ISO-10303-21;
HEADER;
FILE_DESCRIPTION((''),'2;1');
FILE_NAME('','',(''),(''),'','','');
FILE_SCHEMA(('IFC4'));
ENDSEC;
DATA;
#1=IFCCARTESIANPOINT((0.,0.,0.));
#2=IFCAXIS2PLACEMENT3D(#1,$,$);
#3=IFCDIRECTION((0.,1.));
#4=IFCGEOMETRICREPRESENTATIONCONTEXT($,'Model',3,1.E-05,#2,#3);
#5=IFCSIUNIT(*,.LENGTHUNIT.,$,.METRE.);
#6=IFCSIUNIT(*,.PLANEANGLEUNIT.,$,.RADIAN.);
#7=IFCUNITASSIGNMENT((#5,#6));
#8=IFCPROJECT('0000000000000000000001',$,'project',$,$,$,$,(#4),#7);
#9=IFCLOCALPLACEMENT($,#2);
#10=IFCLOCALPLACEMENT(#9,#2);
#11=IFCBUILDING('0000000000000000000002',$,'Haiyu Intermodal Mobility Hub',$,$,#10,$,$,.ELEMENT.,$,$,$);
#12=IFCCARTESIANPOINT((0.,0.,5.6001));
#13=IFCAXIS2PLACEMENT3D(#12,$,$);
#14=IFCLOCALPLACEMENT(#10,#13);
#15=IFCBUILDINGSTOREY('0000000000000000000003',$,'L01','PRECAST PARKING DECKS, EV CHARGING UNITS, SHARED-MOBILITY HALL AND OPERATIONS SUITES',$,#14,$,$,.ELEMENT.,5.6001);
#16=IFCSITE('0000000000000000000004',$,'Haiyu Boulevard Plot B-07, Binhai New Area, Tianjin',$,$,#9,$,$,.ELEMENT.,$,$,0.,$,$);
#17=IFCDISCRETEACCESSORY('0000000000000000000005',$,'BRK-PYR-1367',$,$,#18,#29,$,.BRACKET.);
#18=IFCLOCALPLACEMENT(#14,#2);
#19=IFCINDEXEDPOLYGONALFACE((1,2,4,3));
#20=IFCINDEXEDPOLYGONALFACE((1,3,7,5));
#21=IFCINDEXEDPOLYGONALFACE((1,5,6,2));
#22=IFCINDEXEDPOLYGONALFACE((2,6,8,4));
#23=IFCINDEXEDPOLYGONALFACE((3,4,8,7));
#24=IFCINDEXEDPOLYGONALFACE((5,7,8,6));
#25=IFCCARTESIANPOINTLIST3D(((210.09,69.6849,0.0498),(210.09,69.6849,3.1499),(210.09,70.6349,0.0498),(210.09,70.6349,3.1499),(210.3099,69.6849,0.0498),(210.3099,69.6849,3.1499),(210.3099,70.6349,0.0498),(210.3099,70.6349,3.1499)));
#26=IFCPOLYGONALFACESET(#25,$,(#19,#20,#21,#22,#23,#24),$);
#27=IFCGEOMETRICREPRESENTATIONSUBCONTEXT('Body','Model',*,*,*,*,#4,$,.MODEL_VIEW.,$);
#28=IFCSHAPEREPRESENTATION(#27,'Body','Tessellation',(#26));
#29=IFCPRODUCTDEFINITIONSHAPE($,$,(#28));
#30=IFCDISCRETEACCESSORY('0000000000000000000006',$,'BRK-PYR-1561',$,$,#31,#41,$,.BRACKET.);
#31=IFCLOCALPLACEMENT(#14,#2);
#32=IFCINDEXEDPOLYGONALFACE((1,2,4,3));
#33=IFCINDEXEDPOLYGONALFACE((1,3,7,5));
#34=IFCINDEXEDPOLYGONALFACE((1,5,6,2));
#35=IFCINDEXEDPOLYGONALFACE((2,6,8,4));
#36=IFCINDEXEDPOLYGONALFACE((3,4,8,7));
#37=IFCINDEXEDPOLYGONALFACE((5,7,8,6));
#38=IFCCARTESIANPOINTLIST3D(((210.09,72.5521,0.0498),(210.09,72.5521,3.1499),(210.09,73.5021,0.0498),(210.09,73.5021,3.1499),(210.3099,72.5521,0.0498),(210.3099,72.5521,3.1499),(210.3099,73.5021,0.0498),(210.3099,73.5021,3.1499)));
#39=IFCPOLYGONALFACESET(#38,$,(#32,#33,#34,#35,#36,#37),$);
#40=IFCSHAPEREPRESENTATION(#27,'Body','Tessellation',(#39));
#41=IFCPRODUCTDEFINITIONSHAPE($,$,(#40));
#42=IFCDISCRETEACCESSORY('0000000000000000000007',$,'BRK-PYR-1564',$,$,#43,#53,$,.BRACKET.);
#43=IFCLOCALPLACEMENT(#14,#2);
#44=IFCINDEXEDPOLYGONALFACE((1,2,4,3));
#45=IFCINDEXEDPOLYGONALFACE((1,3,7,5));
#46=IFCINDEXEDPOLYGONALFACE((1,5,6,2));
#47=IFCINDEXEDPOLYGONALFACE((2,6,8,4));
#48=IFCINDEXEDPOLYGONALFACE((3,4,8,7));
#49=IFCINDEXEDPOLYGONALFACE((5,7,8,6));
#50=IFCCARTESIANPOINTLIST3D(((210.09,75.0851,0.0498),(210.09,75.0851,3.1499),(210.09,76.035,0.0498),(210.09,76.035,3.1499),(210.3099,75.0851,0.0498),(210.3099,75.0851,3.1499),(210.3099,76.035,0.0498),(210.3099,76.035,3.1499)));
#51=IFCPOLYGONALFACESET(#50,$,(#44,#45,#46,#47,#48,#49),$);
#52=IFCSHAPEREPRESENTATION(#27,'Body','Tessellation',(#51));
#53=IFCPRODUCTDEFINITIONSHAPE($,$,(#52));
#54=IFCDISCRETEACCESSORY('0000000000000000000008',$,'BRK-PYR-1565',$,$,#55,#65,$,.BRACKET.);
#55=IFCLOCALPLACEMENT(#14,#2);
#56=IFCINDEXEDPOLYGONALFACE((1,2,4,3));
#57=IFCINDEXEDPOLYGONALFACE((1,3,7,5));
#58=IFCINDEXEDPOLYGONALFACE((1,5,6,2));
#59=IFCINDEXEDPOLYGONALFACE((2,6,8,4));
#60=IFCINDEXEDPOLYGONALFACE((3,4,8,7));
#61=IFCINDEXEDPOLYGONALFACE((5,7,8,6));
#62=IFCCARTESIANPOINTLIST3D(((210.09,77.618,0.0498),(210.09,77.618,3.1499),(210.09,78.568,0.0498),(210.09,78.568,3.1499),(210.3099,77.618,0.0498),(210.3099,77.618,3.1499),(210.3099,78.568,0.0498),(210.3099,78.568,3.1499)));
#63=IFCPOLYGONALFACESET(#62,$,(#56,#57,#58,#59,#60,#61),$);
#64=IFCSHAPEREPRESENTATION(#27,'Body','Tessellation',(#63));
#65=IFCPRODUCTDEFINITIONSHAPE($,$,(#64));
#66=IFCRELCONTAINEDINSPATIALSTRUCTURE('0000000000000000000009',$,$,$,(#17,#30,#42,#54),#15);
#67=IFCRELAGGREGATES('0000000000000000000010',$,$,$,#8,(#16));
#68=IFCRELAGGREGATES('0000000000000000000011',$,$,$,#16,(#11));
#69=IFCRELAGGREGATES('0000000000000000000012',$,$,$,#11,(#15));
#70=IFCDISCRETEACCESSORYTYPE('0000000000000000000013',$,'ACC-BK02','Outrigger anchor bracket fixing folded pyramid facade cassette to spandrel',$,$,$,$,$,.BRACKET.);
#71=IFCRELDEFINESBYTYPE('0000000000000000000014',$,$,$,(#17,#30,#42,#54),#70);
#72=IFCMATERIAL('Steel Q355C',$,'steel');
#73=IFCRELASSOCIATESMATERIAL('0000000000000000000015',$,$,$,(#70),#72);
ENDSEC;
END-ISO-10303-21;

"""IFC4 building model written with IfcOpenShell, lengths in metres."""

from ifc_helpers import new_model, si_unit, direction, frame, origin, origin_2d, place, context, subcontext, project, spatial, rectangle, extrude, material, type_object, element, save


model = new_model("IFC4")

# Units and contexts
model_context = context("Model", 3, precision=1e-05, world=origin(), true_north=direction((0.0, 1.0)))
body_context = subcontext(model_context, "Body", "Model", "MODEL_VIEW")
ifc_project = project(units=[si_unit("LENGTHUNIT", "METRE"), si_unit("PLANEANGLEUNIT", "RADIAN")], contexts=[model_context])

# Site, building, storey
site_placement = place(None, origin())
site = spatial("IfcSite", under=ifc_project, at=site_placement, Name="Haiyu Boulevard Plot B-07, Binhai New Area, Tianjin", CompositionType="ELEMENT", RefElevation=0.0)
building_placement = place(site_placement, origin())
building = spatial("IfcBuilding", under=site, at=building_placement, Name="Haiyu Intermodal Mobility Hub", CompositionType="ELEMENT")
storey_placement = place(building_placement, frame((0.0, 0.0, 5.6001)))
storey = spatial("IfcBuildingStorey", under=building, at=storey_placement, Name="L01", Description="PRECAST PARKING DECKS, EV CHARGING UNITS, SHARED-MOBILITY HALL AND OPERATIONS SUITES", CompositionType="ELEMENT", Elevation=5.6001)

# Discrete accessories
ifc_material_1 = material(Name="Steel Q355C", Category="steel")
discrete_accessory_type = type_object("IfcDiscreteAccessoryType", Name="ACC-BK02", Description="Outrigger anchor bracket fixing folded pyramid facade cassette to spandrel", PredefinedType="BRACKET", material=ifc_material_1)
for number, where, z_axis, x_axis, name in (
    (1, (210.2, 70.1599, 0.0498), (0.0, 0.0, 1.0), (1.0, 0.0, 0.0), "BRK-PYR-1367"),
    (2, (210.2, 73.0271, 0.0498), (0.0, 0.0, 1.0), (1.0, 0.0, 0.0), "BRK-PYR-1561"),
    (3, (210.2, 75.5601, 0.0498), (0.0, 0.0, 1.0), (1.0, 0.0, 0.0), "BRK-PYR-1564"),
    (4, (210.2, 78.093, 0.0498), (0.0, 0.0, 1.0), (1.0, 0.0, 0.0), "BRK-PYR-1565"),
):
    element("IfcDiscreteAccessory", number, at=place(storey_placement, frame(where, z_axis=z_axis, x_axis=x_axis)), inside=storey, type_object=discrete_accessory_type, Name=name, PredefinedType="BRACKET", context=body_context, shape_type="SweptSolid", body=[
        extrude(rectangle(XDim=0.22, YDim=0.95, at=origin_2d()), origin(), (0.0, 0.0, 1.0), 3.1001),
    ])

save(model, "model.ifc")
